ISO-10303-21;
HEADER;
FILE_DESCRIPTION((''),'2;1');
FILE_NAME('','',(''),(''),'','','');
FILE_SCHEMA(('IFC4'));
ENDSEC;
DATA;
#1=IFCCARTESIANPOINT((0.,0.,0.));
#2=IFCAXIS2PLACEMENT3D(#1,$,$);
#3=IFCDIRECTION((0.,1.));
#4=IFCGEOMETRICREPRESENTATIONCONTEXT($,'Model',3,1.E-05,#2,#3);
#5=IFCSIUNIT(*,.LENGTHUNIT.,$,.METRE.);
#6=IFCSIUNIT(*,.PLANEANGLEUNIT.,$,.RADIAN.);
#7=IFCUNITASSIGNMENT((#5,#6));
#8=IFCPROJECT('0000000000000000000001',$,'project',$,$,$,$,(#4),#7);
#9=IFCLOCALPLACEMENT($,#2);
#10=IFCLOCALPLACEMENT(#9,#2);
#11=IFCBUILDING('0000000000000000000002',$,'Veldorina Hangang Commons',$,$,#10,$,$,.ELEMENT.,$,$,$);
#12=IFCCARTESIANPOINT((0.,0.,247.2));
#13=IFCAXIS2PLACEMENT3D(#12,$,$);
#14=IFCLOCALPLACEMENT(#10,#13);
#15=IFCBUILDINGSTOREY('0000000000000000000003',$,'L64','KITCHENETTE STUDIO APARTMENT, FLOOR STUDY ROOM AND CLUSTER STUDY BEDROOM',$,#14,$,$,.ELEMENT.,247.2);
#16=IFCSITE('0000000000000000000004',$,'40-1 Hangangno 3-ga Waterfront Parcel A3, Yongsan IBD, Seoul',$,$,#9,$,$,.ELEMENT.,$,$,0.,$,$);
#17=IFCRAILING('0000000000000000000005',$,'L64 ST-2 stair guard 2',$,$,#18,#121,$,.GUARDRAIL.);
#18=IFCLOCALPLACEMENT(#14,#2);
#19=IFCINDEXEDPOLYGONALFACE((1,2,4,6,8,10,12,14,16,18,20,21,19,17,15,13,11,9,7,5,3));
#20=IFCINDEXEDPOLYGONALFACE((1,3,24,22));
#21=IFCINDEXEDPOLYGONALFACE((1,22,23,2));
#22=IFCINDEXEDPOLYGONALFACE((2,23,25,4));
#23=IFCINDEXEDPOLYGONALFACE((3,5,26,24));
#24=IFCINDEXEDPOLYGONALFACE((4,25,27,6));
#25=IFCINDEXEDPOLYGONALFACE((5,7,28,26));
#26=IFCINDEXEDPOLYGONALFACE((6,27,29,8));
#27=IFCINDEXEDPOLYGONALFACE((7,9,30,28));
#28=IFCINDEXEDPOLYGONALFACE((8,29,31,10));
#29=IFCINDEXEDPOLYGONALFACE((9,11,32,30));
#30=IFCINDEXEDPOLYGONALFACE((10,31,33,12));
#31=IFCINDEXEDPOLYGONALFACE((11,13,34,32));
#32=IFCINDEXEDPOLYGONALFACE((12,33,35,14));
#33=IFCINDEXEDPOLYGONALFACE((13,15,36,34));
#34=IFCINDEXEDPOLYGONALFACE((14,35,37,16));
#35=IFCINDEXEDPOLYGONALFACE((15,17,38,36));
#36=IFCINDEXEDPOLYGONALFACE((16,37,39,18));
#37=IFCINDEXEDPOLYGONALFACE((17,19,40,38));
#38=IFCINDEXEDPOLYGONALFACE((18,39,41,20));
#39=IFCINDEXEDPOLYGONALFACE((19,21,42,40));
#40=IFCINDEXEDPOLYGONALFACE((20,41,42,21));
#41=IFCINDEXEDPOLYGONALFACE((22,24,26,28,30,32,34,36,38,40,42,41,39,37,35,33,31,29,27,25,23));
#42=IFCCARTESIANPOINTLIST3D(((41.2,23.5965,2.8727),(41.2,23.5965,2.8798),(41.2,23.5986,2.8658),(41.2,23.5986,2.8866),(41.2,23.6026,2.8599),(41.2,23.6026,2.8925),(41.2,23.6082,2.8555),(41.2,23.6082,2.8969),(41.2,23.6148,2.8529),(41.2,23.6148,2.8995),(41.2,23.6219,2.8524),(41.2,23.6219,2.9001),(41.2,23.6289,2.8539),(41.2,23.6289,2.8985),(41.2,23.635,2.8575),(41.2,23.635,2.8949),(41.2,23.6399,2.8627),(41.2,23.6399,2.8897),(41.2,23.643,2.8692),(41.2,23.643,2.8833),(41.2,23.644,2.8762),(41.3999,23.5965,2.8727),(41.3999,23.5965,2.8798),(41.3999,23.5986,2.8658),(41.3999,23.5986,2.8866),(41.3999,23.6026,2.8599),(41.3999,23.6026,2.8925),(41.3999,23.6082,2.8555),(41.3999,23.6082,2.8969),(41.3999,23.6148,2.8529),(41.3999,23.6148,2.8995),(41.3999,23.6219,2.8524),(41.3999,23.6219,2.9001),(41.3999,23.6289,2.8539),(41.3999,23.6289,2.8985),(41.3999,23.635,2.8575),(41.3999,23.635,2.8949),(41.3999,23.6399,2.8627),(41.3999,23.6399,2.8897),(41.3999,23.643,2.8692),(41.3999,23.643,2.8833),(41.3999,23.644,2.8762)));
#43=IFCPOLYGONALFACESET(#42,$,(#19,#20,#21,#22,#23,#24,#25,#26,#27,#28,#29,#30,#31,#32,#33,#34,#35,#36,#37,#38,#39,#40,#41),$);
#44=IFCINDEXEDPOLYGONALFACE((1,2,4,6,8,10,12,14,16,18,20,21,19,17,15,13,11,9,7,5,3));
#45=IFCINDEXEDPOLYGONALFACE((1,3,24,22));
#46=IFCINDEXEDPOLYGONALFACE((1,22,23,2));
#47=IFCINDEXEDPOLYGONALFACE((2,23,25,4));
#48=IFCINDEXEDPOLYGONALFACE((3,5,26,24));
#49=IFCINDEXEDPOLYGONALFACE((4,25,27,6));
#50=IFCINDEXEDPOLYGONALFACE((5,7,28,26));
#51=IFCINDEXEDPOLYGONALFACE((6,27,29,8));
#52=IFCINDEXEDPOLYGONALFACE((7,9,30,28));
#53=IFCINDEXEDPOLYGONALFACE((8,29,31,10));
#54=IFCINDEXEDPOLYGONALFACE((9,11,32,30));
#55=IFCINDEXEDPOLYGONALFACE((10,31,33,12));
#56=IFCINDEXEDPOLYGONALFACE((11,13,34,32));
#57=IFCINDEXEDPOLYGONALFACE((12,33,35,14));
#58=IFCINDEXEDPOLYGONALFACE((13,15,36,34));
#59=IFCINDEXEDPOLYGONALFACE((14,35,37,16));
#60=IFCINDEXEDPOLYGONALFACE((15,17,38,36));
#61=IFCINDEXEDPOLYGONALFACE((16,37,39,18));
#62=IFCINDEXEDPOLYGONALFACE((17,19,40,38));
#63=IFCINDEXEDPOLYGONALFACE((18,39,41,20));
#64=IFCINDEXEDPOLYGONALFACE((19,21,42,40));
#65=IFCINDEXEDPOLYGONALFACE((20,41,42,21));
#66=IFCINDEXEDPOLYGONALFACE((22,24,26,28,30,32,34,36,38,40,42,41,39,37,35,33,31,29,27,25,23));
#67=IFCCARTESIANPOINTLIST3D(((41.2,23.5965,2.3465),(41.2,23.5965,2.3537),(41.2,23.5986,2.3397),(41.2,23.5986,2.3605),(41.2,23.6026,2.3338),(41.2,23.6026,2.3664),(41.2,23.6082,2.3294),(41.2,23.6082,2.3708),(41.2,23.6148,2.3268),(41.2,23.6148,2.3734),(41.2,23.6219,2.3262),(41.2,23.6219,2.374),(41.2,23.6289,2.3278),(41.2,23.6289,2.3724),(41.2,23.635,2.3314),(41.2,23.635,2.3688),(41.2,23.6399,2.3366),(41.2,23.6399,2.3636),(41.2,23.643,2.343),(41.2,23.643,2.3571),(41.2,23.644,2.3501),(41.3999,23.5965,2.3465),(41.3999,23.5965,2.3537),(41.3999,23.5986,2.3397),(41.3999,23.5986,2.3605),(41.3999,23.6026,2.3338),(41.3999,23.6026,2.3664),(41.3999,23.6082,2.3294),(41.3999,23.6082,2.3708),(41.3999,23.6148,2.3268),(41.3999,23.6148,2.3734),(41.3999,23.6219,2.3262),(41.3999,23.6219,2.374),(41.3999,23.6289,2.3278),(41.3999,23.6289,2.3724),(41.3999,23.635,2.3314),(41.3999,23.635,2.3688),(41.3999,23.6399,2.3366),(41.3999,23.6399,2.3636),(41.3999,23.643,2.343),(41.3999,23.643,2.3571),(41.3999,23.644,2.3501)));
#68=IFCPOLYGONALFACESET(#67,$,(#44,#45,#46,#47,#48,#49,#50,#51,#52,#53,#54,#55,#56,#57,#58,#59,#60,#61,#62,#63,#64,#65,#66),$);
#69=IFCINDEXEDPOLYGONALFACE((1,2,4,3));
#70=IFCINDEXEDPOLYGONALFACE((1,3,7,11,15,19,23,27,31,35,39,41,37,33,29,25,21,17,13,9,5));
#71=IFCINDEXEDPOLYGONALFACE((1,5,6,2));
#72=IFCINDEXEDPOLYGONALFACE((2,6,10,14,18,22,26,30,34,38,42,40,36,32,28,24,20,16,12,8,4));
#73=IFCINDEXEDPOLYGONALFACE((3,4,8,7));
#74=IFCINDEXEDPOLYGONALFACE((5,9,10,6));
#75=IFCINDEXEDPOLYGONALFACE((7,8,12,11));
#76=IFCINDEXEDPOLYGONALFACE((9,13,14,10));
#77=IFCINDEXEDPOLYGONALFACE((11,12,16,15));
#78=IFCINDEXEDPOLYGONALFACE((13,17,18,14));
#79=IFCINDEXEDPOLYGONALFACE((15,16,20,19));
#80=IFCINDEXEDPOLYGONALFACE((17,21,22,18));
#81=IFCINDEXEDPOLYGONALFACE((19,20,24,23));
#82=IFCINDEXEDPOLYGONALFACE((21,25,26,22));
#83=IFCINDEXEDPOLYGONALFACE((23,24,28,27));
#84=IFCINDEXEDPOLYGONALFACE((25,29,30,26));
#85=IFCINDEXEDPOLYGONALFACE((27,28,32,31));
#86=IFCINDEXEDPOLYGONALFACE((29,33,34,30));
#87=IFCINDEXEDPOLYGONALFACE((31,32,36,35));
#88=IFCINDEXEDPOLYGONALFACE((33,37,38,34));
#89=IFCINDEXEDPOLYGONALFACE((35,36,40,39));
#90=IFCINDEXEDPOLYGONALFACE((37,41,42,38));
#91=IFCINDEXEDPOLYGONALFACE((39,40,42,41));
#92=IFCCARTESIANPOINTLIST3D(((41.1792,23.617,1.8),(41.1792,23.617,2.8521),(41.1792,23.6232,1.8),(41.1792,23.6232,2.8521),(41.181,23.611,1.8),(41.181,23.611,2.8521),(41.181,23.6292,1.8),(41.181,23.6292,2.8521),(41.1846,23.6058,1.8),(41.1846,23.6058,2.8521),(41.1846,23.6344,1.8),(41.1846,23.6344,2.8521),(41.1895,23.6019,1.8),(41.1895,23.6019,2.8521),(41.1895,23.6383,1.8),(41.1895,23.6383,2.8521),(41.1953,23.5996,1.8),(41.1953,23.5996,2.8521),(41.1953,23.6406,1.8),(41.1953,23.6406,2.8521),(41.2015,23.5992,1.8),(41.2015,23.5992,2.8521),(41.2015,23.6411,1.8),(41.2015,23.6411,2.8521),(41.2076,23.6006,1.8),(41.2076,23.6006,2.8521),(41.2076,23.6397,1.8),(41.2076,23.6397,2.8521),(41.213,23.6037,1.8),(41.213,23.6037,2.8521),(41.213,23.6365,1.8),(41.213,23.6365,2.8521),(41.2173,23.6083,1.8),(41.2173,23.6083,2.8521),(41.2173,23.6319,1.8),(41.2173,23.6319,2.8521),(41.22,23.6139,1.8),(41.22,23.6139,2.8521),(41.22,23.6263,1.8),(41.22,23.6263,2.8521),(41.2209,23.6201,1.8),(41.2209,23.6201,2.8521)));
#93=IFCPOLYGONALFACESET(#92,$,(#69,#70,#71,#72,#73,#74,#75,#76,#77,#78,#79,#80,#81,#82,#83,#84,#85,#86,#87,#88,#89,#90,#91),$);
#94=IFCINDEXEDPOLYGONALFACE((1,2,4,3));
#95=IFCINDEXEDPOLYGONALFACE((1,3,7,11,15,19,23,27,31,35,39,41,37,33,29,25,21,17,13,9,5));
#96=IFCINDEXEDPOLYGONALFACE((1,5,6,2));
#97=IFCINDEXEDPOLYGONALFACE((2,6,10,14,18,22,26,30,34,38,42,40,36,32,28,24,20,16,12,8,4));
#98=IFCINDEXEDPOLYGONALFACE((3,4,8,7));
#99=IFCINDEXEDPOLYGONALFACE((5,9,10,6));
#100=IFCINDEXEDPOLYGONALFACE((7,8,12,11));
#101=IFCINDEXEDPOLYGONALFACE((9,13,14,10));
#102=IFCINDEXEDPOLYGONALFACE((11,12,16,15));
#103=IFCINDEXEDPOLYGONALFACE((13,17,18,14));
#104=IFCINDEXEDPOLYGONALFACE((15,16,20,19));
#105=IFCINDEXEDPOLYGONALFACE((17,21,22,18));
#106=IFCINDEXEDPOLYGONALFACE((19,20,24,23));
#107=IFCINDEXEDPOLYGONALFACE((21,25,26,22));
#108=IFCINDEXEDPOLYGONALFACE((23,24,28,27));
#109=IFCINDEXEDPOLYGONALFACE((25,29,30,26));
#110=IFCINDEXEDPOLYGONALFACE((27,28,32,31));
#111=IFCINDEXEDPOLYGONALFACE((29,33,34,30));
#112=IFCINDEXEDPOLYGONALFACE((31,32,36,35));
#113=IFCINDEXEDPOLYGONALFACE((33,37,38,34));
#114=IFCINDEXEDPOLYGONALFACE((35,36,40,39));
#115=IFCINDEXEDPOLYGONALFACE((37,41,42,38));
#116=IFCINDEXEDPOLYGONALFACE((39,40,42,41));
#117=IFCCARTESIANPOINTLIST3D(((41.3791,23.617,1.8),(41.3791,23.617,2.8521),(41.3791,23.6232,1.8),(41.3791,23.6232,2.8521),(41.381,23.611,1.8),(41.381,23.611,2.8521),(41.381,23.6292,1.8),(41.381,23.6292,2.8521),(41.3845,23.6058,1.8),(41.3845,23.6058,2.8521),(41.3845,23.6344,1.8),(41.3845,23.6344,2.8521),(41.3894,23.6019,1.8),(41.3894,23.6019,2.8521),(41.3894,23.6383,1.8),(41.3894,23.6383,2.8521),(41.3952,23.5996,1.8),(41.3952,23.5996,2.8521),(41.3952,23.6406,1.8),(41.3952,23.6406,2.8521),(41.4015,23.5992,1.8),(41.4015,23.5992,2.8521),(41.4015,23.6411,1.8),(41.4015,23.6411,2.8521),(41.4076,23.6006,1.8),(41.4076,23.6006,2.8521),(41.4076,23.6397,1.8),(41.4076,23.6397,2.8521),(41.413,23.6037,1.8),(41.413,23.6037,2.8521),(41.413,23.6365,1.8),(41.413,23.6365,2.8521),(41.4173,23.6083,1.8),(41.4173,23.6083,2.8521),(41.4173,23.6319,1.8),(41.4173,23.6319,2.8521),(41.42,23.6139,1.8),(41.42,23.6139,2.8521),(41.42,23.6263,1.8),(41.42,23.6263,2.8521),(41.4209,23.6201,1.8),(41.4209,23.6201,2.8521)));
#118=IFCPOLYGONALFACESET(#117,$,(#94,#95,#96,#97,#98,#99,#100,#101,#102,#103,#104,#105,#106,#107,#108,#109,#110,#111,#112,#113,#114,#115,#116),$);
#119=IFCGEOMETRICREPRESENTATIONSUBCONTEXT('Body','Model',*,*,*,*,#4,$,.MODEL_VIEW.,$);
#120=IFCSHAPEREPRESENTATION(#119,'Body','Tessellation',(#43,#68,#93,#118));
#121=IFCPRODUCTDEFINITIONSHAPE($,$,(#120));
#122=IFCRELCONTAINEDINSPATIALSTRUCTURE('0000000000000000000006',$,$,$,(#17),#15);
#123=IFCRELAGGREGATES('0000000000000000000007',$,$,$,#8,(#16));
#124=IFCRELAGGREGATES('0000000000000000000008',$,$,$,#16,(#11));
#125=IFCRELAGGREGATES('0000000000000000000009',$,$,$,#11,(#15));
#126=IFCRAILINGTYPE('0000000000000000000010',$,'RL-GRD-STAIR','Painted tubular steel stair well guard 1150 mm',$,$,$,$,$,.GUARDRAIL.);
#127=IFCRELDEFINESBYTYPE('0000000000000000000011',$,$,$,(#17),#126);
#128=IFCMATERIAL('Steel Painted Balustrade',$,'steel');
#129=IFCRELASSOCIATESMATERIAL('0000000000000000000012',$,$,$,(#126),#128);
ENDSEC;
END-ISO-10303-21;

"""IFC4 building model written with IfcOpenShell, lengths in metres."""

from ifc_helpers import new_model, si_unit, direction, frame, origin, origin_2d, place, context, subcontext, project, spatial, circle, extrude, material, type_object, element, save


model = new_model("IFC4")

# Units and contexts
model_context = context("Model", 3, precision=1e-05, world=origin(), true_north=direction((0.0, 1.0)))
body_context = subcontext(model_context, "Body", "Model", "MODEL_VIEW")
ifc_project = project(units=[si_unit("LENGTHUNIT", "METRE"), si_unit("PLANEANGLEUNIT", "RADIAN")], contexts=[model_context])

# Site, building, storey
site_placement = place(None, origin())
site = spatial("IfcSite", under=ifc_project, at=site_placement, Name="40-1 Hangangno 3-ga Waterfront Parcel A3, Yongsan IBD, Seoul", CompositionType="ELEMENT", RefElevation=0.0)
building_placement = place(site_placement, origin())
building = spatial("IfcBuilding", under=site, at=building_placement, Name="Veldorina Hangang Commons", CompositionType="ELEMENT")
storey_placement = place(building_placement, frame((0.0, 0.0, 247.2)))
storey = spatial("IfcBuildingStorey", under=building, at=storey_placement, Name="L64", Description="KITCHENETTE STUDIO APARTMENT, FLOOR STUDY ROOM AND CLUSTER STUDY BEDROOM", CompositionType="ELEMENT", Elevation=247.2)

# Railing
ifc_material_1 = material(Name="Steel Painted Balustrade", Category="steel")
railing_type_1 = type_object("IfcRailingType", Name="RL-GRD-STAIR", Description="Painted tubular steel stair well guard 1150 mm", PredefinedType="GUARDRAIL", material=ifc_material_1)
railing_1_placement = place(storey_placement, frame((41.2, 23.6201, 1.8)))
element("IfcRailing", 1, at=railing_1_placement, inside=storey, type_object=railing_type_1, Name="L64 ST-2 stair guard 2", PredefinedType="GUARDRAIL", context=body_context, shape_type="SweptSolid", body=[
    extrude(circle(Radius=0.0239, at=origin_2d()), frame((0.0, 0.0, 1.0762), z_axis=(1.0, 0.0, 0.0), x_axis=(0.0, 1.0, 0.0)), (0.0, 0.0, 1.0), 0.2),
    extrude(circle(Radius=0.0239, at=origin_2d()), frame((0.0, 0.0, 0.55), z_axis=(1.0, 0.0, 0.0), x_axis=(0.0, 1.0, 0.0)), (0.0, 0.0, 1.0), 0.2),
    extrude(circle(Radius=0.021, at=origin_2d()), origin(), (0.0, 0.0, 1.0), 1.052),
    extrude(circle(Radius=0.021, at=origin_2d()), frame((0.2, 0.0, 0.0)), (0.0, 0.0, 1.0), 1.052),
])

save(model, "model.ifc")
